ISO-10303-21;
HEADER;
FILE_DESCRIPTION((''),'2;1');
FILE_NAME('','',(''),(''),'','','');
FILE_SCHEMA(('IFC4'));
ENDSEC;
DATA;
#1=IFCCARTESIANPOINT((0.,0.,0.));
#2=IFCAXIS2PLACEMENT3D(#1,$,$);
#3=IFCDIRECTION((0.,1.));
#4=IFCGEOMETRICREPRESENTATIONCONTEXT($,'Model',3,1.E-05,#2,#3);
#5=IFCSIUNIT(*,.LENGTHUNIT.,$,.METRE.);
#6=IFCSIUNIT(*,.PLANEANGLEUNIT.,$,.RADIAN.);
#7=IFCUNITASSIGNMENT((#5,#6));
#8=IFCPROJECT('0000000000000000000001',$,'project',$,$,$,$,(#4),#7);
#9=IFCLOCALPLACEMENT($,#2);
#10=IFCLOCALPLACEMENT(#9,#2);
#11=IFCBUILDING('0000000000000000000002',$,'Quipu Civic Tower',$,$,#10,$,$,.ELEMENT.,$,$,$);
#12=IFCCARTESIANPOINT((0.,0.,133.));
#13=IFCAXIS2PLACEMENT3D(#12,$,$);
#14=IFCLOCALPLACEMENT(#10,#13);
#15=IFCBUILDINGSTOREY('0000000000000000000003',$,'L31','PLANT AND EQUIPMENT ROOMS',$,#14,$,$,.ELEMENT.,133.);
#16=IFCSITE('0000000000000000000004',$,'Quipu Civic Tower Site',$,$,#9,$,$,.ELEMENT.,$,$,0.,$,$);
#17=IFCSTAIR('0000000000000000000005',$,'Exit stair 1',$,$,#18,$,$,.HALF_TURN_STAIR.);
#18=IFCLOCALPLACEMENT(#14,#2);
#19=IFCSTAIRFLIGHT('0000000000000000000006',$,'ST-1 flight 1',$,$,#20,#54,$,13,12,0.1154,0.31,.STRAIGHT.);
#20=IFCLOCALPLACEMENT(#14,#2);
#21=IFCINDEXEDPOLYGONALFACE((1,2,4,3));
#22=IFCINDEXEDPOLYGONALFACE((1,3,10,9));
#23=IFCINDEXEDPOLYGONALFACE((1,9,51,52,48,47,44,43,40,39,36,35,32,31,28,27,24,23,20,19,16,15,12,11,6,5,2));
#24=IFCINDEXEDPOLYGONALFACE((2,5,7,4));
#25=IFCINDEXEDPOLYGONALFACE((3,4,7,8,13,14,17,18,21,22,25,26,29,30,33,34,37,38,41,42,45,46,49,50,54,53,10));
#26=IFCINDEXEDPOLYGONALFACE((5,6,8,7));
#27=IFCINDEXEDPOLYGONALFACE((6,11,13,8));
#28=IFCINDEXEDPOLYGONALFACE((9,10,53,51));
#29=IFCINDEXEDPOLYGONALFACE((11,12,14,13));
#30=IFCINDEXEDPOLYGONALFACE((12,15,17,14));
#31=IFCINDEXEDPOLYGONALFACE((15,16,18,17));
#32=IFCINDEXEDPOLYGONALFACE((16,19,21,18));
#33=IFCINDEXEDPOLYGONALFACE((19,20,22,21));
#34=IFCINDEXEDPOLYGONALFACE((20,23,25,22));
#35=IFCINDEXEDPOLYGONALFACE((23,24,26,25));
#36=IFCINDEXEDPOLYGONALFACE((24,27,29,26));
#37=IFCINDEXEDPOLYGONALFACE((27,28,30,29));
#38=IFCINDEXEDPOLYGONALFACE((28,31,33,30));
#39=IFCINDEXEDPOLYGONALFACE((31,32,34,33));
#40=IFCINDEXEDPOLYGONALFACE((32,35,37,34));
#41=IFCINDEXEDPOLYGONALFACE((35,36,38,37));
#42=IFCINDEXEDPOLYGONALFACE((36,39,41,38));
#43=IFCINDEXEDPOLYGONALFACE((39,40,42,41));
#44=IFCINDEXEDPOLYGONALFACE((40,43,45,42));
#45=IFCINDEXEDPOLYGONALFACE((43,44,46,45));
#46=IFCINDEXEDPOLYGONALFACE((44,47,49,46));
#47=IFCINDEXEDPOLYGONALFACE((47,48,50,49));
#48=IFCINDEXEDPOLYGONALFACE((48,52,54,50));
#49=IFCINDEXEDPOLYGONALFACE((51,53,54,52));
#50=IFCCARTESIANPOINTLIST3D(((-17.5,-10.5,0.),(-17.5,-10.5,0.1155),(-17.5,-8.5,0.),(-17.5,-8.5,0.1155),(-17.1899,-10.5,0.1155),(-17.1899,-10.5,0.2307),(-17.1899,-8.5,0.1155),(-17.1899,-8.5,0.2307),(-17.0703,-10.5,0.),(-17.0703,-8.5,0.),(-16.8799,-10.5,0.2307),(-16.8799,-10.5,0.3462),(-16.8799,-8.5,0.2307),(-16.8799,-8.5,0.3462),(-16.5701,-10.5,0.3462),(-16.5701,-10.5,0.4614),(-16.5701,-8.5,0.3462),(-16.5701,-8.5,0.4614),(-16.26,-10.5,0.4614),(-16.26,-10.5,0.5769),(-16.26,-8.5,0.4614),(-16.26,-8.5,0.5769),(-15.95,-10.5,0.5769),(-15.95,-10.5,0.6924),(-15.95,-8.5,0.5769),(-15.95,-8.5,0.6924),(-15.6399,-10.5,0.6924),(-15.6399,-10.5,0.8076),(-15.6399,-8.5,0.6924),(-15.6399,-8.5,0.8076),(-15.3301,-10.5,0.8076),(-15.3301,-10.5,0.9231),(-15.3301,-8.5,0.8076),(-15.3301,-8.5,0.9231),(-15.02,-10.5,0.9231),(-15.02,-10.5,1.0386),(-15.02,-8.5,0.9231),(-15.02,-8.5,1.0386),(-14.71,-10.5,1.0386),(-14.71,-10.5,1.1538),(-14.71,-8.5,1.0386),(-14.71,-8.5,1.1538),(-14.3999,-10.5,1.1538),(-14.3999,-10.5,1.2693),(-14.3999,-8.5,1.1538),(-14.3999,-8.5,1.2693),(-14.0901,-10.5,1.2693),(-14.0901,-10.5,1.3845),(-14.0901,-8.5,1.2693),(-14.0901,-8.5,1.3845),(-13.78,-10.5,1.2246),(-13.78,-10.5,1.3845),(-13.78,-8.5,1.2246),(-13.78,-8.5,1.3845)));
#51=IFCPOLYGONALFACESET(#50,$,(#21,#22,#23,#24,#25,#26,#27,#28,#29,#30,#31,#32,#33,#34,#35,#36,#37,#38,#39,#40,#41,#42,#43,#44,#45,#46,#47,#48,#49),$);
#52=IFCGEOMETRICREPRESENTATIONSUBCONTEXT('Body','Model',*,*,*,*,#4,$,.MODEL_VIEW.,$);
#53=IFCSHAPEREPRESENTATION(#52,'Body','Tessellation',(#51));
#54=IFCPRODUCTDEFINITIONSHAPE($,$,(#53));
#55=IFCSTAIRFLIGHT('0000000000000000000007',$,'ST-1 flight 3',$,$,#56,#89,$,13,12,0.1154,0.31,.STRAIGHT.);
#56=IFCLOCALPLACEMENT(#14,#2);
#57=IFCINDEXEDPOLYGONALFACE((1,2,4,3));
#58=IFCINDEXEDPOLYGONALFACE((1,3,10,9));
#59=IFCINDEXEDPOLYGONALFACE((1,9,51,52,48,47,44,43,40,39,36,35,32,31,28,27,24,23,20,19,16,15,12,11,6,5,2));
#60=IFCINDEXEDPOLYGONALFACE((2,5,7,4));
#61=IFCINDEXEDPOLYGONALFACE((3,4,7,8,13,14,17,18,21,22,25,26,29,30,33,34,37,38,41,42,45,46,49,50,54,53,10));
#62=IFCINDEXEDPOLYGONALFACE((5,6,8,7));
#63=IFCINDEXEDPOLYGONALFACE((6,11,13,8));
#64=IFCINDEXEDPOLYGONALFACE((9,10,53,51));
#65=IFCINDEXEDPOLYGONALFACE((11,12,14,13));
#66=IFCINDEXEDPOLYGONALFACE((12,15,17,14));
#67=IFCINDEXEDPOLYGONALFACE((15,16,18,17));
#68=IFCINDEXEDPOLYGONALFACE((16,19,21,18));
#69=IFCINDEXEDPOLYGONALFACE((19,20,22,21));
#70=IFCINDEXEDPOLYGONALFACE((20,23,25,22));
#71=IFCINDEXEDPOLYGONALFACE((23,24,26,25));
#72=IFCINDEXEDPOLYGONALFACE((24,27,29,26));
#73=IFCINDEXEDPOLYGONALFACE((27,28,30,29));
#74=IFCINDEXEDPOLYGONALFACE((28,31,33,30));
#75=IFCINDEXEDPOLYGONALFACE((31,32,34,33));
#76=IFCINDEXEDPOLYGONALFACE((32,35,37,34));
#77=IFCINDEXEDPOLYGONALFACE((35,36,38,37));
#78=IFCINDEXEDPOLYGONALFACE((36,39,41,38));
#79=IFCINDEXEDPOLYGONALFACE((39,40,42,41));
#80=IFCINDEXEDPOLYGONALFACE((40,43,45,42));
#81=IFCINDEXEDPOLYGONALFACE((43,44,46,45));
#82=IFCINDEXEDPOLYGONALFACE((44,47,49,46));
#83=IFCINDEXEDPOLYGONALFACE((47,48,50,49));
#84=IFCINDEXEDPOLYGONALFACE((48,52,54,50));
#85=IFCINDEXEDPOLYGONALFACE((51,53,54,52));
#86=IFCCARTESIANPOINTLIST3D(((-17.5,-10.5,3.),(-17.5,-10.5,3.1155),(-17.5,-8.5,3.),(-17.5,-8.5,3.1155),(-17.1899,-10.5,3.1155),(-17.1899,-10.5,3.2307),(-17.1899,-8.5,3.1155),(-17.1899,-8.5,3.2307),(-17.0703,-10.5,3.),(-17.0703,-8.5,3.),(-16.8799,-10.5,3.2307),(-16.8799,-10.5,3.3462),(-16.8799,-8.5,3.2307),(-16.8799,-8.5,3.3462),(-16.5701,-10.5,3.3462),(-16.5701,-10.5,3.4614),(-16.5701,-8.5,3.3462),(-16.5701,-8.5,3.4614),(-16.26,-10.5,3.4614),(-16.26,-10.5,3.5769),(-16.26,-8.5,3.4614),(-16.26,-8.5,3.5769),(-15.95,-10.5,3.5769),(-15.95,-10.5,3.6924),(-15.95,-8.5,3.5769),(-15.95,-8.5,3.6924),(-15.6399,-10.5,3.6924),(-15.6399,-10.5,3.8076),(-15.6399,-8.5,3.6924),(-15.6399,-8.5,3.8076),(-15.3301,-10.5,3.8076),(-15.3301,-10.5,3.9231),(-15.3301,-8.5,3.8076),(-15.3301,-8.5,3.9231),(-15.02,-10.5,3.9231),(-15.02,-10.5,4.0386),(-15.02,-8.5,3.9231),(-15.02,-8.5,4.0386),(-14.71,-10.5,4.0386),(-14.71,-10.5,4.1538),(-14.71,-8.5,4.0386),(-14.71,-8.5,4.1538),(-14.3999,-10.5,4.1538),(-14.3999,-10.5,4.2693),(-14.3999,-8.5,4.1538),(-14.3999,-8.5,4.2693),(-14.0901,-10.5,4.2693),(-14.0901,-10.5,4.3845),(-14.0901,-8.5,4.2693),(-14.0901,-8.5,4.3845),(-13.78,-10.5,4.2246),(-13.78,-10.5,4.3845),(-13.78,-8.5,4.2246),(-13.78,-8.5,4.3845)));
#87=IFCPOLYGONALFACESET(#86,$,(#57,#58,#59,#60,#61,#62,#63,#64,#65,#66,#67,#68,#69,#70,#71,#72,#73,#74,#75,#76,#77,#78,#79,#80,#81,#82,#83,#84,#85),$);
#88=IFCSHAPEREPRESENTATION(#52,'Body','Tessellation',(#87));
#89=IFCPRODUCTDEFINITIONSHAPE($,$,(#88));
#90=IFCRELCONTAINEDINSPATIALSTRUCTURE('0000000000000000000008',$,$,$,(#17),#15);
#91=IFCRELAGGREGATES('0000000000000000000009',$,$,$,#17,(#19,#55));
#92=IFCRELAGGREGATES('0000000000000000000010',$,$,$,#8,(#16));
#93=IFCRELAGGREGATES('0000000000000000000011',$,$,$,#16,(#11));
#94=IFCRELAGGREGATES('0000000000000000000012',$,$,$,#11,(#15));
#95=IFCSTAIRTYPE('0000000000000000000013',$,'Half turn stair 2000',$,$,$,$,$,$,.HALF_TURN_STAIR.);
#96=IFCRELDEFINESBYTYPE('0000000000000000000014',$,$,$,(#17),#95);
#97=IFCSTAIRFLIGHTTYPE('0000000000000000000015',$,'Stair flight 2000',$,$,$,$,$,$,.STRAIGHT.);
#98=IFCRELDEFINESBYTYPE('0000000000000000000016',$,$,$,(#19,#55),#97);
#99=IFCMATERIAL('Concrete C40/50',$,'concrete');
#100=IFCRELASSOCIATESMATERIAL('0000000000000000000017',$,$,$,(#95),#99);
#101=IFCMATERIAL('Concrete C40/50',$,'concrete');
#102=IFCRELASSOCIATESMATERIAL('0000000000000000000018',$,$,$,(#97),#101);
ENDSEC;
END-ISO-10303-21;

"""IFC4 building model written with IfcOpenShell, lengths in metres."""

from ifc_helpers import new_model, si_unit, direction, frame, origin, place, context, subcontext, project, spatial, polyline, outline, extrude, material, type_object, element, aggregate, save


model = new_model("IFC4")

# Units and contexts
model_context = context("Model", 3, precision=1e-05, world=origin(), true_north=direction((0.0, 1.0)))
body_context = subcontext(model_context, "Body", "Model", "MODEL_VIEW")
ifc_project = project(units=[si_unit("LENGTHUNIT", "METRE"), si_unit("PLANEANGLEUNIT", "RADIAN")], contexts=[model_context])

# Site, building, storey
site_placement = place(None, origin())
site = spatial("IfcSite", under=ifc_project, at=site_placement, Name="Quipu Civic Tower Site", CompositionType="ELEMENT", RefElevation=0.0)
building_placement = place(site_placement, origin())
building = spatial("IfcBuilding", under=site, at=building_placement, Name="Quipu Civic Tower", CompositionType="ELEMENT")
storey_placement = place(building_placement, frame((0.0, 0.0, 133.0)))
storey = spatial("IfcBuildingStorey", under=building, at=storey_placement, Name="L31", Description="PLANT AND EQUIPMENT ROOMS", CompositionType="ELEMENT", Elevation=133.0)

# Stair, stair flights
ifc_material_1 = material(Name="Concrete C40/50", Category="concrete")
stair_type = type_object("IfcStairType", Name="Half turn stair 2000", PredefinedType="HALF_TURN_STAIR", material=ifc_material_1)
stair_placement = place(storey_placement, origin())
stair = element("IfcStair", 1, at=stair_placement, inside=storey, type_object=stair_type, Name="Exit stair 1", PredefinedType="HALF_TURN_STAIR")
ifc_material_2 = material(Name="Concrete C40/50", Category="concrete")
stair_flight_type = type_object("IfcStairFlightType", Name="Stair flight 2000", PredefinedType="STRAIGHT", material=ifc_material_2)
stair_flight_1_placement = place(storey_placement, frame((-17.5, -9.5, 0.0), z_axis=(0.0, 0.0, 1.0), x_axis=(1.0, 0.0, 0.0)))
stair_flight_1 = element("IfcStairFlight", 2, at=stair_flight_1_placement, type_object=stair_flight_type, Name="ST-1 flight 1", NumberOfRisers=13, NumberOfTreads=12, PredefinedType="STRAIGHT", RiserHeight=0.1154, TreadLength=0.31, context=body_context, shape_type="SweptSolid", body=[
    extrude(outline(polyline([(0.0, 0.0), (0.0, 0.1155), (0.3101, 0.1155), (0.3101, 0.2307), (0.6201, 0.2307), (0.6201, 0.3462), (0.9299, 0.3462), (0.9299, 0.4614), (1.24, 0.4614), (1.24, 0.5769), (1.55, 0.5769), (1.55, 0.6924), (1.8601, 0.6924), (1.8601, 0.8076), (2.1699, 0.8076), (2.1699, 0.9231), (2.48, 0.9231), (2.48, 1.0386), (2.79, 1.0386), (2.79, 1.1538), (3.1001, 1.1538), (3.1001, 1.2693), (3.4099, 1.2693), (3.4099, 1.3845), (3.72, 1.3845), (3.72, 1.5), (3.72, 1.2246), (0.4297, 0.0), (0.0, 0.0)])), frame((0.0, 1.0, 0.0), z_axis=(0.0, -1.0, 0.0), x_axis=(1.0, 0.0, 0.0)), (0.0, 0.0, 1.0), 2.0),
])
stair_flight_2_placement = place(storey_placement, frame((-17.5, -9.5, 3.0), z_axis=(0.0, 0.0, 1.0), x_axis=(1.0, 0.0, 0.0)))
stair_flight_2 = element("IfcStairFlight", 3, at=stair_flight_2_placement, type_object=stair_flight_type, Name="ST-1 flight 3", NumberOfRisers=13, NumberOfTreads=12, PredefinedType="STRAIGHT", RiserHeight=0.1154, TreadLength=0.31, context=body_context, shape_type="SweptSolid", body=[
    extrude(outline(polyline([(0.0, 0.0), (0.0, 0.1155), (0.3101, 0.1155), (0.3101, 0.2307), (0.6201, 0.2307), (0.6201, 0.3462), (0.9299, 0.3462), (0.9299, 0.4614), (1.24, 0.4614), (1.24, 0.5769), (1.55, 0.5769), (1.55, 0.6924), (1.8601, 0.6924), (1.8601, 0.8076), (2.1699, 0.8076), (2.1699, 0.9231), (2.48, 0.9231), (2.48, 1.0386), (2.79, 1.0386), (2.79, 1.1538), (3.1001, 1.1538), (3.1001, 1.2693), (3.4099, 1.2693), (3.4099, 1.3845), (3.72, 1.3845), (3.72, 1.5), (3.72, 1.2246), (0.4297, 0.0), (0.0, 0.0)])), frame((0.0, 1.0, 0.0), z_axis=(0.0, -1.0, 0.0), x_axis=(1.0, 0.0, 0.0)), (0.0, 0.0, 1.0), 2.0),
])
aggregate(stair, [stair_flight_1, stair_flight_2])

save(model, "model.ifc")
